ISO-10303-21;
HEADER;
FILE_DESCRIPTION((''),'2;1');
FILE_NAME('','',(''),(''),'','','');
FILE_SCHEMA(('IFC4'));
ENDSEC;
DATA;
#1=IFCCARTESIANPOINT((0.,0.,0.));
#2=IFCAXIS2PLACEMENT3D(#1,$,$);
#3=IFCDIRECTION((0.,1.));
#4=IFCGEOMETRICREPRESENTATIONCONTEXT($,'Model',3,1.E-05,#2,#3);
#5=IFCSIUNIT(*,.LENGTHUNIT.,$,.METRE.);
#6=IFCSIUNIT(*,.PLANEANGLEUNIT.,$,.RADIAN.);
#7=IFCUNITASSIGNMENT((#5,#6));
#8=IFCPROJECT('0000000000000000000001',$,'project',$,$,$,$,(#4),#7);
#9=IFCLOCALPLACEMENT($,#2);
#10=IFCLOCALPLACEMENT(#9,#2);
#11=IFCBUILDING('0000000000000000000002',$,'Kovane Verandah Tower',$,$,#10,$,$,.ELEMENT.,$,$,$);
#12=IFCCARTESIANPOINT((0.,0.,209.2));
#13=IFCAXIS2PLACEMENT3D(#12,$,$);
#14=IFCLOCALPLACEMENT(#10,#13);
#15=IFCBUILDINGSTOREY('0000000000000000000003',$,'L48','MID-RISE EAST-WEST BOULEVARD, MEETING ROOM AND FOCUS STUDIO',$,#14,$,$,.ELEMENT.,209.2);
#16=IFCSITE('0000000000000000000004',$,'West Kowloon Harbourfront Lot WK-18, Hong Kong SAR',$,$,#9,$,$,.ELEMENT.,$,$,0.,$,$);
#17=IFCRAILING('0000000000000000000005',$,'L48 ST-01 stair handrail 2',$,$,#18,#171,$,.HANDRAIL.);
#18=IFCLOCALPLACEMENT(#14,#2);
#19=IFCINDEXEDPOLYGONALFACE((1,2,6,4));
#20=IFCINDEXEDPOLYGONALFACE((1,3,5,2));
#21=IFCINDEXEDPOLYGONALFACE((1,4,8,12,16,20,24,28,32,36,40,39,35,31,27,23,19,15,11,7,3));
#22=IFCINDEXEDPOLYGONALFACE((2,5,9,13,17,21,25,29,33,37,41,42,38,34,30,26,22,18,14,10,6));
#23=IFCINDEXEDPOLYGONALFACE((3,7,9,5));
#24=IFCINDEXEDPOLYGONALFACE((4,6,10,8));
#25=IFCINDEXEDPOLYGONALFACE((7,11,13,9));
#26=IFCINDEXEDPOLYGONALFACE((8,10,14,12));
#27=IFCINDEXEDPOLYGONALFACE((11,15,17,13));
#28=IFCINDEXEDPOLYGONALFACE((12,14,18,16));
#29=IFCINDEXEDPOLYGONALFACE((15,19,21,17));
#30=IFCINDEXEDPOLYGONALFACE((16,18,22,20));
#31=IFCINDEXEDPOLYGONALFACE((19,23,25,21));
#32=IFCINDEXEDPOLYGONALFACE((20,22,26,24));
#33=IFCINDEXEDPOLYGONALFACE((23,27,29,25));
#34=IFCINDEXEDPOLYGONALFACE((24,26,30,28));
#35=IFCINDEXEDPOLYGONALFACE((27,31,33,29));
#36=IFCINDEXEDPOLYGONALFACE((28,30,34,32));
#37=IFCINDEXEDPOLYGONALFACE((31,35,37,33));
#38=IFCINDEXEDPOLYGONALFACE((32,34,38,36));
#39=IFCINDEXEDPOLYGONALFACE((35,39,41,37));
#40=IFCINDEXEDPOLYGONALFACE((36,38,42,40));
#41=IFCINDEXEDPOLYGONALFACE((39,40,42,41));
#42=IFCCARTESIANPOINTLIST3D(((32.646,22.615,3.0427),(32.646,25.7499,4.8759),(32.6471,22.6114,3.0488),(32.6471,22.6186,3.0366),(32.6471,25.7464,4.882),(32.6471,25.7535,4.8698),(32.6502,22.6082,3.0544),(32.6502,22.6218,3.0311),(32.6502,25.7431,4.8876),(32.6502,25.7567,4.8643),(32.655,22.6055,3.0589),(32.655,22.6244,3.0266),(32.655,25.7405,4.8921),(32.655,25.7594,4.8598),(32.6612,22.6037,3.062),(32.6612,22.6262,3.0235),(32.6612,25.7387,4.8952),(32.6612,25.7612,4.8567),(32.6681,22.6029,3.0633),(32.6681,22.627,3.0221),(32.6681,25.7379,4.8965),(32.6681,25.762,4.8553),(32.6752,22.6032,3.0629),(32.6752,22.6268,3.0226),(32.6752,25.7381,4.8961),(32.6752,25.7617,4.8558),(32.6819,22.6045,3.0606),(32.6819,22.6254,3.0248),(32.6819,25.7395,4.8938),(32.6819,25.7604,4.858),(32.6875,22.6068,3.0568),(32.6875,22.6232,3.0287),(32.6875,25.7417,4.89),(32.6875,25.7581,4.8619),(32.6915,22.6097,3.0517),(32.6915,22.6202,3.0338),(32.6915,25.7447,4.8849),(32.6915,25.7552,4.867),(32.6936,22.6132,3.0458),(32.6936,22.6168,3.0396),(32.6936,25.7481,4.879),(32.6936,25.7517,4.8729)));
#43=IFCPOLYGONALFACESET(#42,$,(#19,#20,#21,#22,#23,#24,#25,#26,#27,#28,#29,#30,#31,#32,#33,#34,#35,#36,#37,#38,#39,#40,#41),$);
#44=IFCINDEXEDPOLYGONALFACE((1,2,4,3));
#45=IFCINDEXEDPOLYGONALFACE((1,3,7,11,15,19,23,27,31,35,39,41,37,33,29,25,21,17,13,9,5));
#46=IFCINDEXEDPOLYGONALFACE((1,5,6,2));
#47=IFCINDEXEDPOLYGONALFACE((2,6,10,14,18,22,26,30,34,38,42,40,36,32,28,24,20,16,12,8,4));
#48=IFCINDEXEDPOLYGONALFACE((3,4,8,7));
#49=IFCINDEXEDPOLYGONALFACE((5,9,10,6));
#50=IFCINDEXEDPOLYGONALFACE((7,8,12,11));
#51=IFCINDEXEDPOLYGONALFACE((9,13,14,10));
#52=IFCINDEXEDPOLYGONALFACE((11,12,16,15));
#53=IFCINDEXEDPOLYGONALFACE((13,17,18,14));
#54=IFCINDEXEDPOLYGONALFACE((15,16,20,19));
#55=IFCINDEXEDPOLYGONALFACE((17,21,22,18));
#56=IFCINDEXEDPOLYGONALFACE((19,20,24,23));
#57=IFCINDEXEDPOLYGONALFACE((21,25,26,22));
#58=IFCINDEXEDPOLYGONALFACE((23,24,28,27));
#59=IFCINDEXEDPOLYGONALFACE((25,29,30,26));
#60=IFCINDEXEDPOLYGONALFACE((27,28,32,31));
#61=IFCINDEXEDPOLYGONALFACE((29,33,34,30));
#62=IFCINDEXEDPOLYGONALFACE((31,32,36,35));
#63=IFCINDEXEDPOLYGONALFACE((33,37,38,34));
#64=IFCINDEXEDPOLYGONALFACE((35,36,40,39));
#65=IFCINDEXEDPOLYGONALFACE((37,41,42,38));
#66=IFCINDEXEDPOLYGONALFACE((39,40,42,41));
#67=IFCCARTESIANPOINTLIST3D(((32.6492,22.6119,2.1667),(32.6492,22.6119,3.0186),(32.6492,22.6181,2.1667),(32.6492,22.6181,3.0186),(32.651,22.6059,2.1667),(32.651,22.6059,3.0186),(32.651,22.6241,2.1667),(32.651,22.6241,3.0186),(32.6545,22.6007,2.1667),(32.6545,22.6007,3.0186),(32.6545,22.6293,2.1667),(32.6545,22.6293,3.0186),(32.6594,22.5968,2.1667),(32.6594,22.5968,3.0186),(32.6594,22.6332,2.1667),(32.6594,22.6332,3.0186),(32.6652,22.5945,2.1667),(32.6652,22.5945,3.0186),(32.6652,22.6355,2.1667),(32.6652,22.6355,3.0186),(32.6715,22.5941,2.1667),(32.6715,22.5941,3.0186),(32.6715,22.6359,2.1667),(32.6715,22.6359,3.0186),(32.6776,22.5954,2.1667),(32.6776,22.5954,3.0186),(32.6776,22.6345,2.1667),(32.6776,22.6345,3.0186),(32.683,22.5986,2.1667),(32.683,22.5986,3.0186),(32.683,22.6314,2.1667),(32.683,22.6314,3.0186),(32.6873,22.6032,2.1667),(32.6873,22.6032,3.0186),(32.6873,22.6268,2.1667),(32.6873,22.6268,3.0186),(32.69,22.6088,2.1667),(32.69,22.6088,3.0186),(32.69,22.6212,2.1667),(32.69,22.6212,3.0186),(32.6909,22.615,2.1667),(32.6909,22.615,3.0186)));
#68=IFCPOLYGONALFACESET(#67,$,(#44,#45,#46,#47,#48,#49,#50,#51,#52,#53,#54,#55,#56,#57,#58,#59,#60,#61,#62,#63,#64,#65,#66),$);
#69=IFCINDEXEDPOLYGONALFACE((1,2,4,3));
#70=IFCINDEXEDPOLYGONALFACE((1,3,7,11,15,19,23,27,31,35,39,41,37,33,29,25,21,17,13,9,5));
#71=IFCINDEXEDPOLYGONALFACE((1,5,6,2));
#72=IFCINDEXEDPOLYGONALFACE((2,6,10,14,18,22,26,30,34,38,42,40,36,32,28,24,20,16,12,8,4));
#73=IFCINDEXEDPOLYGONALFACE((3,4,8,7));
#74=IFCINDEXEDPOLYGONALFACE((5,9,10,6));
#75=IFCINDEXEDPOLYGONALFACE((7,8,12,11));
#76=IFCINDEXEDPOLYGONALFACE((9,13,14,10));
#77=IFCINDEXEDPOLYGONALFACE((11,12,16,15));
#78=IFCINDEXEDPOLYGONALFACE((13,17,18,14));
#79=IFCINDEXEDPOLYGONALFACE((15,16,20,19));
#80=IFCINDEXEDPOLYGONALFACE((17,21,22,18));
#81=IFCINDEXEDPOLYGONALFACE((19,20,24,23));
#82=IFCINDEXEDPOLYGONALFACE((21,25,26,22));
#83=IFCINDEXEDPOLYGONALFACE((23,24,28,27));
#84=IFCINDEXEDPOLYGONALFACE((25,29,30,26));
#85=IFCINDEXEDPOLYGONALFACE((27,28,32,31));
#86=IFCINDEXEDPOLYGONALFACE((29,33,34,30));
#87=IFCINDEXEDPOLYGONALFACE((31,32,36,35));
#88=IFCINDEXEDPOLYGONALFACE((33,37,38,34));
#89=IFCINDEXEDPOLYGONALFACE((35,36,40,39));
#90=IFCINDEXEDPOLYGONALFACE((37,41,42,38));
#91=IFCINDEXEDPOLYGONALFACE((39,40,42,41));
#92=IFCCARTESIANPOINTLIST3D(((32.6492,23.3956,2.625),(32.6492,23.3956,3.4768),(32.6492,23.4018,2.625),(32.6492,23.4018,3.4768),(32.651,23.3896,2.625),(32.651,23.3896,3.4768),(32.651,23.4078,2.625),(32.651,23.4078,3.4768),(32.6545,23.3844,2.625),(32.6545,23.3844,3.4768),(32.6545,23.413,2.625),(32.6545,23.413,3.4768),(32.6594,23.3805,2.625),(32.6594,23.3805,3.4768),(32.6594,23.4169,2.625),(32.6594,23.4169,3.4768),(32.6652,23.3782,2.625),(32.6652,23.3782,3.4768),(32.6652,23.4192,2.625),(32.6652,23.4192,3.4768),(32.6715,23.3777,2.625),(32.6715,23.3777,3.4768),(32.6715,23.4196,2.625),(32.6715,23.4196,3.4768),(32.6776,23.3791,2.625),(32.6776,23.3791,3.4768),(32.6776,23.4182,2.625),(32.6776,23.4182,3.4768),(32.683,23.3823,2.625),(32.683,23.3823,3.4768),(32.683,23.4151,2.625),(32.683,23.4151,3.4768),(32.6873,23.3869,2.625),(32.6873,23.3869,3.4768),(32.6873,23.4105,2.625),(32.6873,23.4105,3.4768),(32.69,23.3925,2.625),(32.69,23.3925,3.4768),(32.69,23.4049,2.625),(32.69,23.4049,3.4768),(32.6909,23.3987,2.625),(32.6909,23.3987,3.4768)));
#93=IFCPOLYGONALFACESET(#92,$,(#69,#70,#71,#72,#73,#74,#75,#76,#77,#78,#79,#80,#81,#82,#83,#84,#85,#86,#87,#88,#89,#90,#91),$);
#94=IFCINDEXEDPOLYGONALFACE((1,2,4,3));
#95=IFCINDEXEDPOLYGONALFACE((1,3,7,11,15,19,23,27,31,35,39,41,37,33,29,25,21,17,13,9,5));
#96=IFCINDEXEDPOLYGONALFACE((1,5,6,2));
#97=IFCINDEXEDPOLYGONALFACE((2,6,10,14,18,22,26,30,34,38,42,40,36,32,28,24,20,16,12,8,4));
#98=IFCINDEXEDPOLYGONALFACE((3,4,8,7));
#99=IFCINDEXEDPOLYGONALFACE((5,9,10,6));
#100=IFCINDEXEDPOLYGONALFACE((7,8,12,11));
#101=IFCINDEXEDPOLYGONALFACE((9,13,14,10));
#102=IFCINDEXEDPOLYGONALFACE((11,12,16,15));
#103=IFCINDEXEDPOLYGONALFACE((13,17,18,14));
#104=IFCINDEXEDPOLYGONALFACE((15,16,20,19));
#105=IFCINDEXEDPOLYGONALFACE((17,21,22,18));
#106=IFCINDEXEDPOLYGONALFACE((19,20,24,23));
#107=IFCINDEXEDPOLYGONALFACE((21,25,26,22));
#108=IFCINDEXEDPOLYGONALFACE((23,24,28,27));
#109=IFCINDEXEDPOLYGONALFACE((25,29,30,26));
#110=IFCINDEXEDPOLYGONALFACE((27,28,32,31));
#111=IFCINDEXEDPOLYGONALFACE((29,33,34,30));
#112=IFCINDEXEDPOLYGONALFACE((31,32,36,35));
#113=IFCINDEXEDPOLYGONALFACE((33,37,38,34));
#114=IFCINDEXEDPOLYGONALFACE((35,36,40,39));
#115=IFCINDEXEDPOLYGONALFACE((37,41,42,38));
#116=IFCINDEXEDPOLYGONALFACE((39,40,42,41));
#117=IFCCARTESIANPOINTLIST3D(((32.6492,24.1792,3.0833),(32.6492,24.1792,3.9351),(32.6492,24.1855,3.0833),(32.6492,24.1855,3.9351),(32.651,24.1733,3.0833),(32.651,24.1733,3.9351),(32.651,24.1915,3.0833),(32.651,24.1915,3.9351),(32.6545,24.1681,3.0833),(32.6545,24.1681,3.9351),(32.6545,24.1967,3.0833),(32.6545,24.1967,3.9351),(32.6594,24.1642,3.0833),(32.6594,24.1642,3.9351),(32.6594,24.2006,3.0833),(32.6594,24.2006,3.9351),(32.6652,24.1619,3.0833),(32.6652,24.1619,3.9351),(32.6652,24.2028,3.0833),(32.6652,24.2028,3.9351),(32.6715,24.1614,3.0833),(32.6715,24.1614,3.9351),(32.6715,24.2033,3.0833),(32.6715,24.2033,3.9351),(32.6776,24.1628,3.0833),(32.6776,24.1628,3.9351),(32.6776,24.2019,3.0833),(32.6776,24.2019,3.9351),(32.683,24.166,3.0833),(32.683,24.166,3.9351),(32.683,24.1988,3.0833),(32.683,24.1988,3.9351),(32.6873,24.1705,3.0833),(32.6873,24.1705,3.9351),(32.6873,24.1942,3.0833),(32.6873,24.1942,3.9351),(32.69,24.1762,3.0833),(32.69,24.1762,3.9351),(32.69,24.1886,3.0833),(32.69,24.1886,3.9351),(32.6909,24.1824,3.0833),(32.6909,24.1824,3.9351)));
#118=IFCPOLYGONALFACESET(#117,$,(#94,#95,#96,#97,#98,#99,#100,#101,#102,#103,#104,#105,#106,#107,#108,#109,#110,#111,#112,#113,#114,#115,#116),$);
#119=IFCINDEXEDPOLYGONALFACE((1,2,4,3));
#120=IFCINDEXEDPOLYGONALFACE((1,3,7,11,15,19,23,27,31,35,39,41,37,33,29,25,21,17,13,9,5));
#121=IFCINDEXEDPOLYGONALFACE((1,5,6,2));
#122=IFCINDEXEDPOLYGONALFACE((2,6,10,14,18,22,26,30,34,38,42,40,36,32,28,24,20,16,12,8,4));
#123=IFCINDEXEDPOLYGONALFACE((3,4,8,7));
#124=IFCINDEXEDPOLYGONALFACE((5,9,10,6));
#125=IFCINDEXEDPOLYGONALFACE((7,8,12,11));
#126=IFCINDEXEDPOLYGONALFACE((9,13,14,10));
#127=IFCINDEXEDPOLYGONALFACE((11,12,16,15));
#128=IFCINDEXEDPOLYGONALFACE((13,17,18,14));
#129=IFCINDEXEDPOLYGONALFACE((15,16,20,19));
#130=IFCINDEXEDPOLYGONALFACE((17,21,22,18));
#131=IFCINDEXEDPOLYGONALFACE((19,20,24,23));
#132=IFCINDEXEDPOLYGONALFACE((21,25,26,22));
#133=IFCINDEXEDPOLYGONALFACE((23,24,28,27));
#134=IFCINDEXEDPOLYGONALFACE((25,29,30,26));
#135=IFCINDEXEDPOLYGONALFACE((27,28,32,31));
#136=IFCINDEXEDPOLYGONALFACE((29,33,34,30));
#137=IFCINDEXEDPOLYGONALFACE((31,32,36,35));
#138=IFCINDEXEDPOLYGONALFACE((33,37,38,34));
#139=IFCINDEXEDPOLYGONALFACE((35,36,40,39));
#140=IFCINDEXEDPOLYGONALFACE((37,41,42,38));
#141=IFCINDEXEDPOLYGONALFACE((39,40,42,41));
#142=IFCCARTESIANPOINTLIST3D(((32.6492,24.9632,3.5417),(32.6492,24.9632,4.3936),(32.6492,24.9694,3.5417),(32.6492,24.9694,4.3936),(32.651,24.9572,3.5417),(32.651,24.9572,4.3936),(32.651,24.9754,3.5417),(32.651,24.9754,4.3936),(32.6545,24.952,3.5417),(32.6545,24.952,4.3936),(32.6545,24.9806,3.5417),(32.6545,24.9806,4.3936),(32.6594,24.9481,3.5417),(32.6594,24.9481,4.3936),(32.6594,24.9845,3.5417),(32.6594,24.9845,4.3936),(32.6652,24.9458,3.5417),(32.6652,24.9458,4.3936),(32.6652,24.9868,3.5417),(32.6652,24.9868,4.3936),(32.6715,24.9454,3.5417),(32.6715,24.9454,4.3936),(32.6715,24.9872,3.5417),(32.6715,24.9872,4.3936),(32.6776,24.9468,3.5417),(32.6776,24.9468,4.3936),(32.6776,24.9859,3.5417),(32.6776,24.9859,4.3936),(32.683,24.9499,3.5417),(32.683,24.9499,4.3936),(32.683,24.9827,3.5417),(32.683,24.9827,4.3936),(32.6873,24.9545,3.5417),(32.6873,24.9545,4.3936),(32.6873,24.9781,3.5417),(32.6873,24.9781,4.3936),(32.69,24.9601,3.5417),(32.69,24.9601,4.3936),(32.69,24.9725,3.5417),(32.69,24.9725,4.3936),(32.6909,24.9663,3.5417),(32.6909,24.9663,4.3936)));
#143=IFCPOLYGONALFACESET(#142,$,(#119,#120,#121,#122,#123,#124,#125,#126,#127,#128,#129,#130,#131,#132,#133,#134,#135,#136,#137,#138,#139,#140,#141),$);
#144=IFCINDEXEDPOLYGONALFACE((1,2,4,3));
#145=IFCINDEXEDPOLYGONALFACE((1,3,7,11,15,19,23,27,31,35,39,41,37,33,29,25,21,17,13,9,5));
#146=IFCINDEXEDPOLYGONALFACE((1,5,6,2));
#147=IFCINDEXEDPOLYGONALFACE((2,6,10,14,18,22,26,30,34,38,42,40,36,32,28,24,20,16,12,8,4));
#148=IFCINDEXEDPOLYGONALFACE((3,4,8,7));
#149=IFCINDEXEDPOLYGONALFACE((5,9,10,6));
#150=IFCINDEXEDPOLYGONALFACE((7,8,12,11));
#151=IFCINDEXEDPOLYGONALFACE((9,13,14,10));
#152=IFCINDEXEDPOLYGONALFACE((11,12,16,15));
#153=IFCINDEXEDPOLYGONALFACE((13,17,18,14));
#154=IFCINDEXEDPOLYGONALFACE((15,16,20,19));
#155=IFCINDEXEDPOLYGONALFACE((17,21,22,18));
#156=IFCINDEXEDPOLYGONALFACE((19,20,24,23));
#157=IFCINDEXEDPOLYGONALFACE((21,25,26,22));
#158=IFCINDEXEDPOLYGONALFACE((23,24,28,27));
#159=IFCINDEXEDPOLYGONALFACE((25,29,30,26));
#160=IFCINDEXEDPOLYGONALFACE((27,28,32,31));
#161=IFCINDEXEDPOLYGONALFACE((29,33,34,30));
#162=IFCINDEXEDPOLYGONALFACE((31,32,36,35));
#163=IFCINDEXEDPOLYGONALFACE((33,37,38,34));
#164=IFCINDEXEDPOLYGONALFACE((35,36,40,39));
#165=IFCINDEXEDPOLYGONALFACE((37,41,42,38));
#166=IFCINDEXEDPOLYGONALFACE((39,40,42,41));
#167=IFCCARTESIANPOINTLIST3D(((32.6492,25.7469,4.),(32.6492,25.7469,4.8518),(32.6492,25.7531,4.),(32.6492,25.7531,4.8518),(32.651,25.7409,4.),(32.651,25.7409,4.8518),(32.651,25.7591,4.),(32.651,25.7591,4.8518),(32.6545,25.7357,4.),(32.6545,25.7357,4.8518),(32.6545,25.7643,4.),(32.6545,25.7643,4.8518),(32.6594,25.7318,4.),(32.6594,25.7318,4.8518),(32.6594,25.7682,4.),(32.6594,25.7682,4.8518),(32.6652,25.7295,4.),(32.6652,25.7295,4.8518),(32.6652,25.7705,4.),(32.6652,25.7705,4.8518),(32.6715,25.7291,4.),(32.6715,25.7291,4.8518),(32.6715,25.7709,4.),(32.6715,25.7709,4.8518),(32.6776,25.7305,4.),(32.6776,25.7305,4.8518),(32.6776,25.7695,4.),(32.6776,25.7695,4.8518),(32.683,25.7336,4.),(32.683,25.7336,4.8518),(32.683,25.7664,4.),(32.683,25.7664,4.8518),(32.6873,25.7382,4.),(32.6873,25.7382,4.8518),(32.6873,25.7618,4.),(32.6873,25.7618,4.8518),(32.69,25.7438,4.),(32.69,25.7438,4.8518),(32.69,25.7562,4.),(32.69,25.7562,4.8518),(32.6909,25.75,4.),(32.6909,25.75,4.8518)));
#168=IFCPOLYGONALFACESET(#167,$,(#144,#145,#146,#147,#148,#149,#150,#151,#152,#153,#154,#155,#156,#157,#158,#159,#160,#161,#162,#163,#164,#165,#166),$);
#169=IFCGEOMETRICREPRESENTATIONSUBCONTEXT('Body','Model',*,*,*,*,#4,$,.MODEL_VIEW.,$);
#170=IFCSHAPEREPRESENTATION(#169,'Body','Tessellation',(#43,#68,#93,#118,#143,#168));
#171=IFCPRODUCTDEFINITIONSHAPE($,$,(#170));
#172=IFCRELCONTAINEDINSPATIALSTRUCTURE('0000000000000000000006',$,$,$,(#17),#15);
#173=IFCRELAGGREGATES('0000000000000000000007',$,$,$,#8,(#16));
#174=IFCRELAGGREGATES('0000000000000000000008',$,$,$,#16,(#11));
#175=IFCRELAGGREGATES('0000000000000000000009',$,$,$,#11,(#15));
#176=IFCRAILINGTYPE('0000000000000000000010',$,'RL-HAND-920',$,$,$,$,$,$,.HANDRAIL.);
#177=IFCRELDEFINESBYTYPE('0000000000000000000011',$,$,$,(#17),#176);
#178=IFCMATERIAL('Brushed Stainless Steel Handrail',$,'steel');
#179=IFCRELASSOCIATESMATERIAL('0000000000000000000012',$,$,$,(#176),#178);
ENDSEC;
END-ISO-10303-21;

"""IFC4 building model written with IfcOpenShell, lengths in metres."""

from ifc_helpers import new_model, si_unit, direction, frame, origin, origin_2d, place, context, subcontext, project, spatial, circle, extrude, material, type_object, element, save


model = new_model("IFC4")

# Units and contexts
model_context = context("Model", 3, precision=1e-05, world=origin(), true_north=direction((0.0, 1.0)))
body_context = subcontext(model_context, "Body", "Model", "MODEL_VIEW")
ifc_project = project(units=[si_unit("LENGTHUNIT", "METRE"), si_unit("PLANEANGLEUNIT", "RADIAN")], contexts=[model_context])

# Site, building, storey
site_placement = place(None, origin())
site = spatial("IfcSite", under=ifc_project, at=site_placement, Name="West Kowloon Harbourfront Lot WK-18, Hong Kong SAR", CompositionType="ELEMENT", RefElevation=0.0)
building_placement = place(site_placement, origin())
building = spatial("IfcBuilding", under=site, at=building_placement, Name="Kovane Verandah Tower", CompositionType="ELEMENT")
storey_placement = place(building_placement, frame((0.0, 0.0, 209.2)))
storey = spatial("IfcBuildingStorey", under=building, at=storey_placement, Name="L48", Description="MID-RISE EAST-WEST BOULEVARD, MEETING ROOM AND FOCUS STUDIO", CompositionType="ELEMENT", Elevation=209.2)

# Railing
ifc_material_1 = material(Name="Brushed Stainless Steel Handrail", Category="steel")
railing_type_1 = type_object("IfcRailingType", Name="RL-HAND-920", PredefinedType="HANDRAIL", material=ifc_material_1)
railing_1_placement = place(storey_placement, frame((32.6699, 22.615, 2.1667)))
element("IfcRailing", 1, at=railing_1_placement, inside=storey, type_object=railing_type_1, Name="L48 ST-01 stair handrail 2", PredefinedType="HANDRAIL", context=body_context, shape_type="SweptSolid", body=[
    extrude(circle(Radius=0.0239, at=origin_2d()), frame((0.0, 0.0, 0.876), z_axis=(0.0, 0.86324, 0.504794), x_axis=(-1.0, 0.0, 0.0)), (0.0, 0.0, 1.0), 3.6316),
    extrude(circle(Radius=0.021, at=origin_2d()), origin(), (0.0, 0.0, 1.0), 0.8518),
    extrude(circle(Radius=0.021, at=origin_2d()), frame((0.0, 0.7837, 0.4583)), (0.0, 0.0, 1.0), 0.8518),
    extrude(circle(Radius=0.021, at=origin_2d()), frame((0.0, 1.5674, 0.9165)), (0.0, 0.0, 1.0), 0.8518),
    extrude(circle(Radius=0.021, at=origin_2d()), frame((0.0, 2.3513, 1.375)), (0.0, 0.0, 1.0), 0.8518),
    extrude(circle(Radius=0.021, at=origin_2d()), frame((0.0, 3.135, 1.8333)), (0.0, 0.0, 1.0), 0.8518),
])

save(model, "model.ifc")
